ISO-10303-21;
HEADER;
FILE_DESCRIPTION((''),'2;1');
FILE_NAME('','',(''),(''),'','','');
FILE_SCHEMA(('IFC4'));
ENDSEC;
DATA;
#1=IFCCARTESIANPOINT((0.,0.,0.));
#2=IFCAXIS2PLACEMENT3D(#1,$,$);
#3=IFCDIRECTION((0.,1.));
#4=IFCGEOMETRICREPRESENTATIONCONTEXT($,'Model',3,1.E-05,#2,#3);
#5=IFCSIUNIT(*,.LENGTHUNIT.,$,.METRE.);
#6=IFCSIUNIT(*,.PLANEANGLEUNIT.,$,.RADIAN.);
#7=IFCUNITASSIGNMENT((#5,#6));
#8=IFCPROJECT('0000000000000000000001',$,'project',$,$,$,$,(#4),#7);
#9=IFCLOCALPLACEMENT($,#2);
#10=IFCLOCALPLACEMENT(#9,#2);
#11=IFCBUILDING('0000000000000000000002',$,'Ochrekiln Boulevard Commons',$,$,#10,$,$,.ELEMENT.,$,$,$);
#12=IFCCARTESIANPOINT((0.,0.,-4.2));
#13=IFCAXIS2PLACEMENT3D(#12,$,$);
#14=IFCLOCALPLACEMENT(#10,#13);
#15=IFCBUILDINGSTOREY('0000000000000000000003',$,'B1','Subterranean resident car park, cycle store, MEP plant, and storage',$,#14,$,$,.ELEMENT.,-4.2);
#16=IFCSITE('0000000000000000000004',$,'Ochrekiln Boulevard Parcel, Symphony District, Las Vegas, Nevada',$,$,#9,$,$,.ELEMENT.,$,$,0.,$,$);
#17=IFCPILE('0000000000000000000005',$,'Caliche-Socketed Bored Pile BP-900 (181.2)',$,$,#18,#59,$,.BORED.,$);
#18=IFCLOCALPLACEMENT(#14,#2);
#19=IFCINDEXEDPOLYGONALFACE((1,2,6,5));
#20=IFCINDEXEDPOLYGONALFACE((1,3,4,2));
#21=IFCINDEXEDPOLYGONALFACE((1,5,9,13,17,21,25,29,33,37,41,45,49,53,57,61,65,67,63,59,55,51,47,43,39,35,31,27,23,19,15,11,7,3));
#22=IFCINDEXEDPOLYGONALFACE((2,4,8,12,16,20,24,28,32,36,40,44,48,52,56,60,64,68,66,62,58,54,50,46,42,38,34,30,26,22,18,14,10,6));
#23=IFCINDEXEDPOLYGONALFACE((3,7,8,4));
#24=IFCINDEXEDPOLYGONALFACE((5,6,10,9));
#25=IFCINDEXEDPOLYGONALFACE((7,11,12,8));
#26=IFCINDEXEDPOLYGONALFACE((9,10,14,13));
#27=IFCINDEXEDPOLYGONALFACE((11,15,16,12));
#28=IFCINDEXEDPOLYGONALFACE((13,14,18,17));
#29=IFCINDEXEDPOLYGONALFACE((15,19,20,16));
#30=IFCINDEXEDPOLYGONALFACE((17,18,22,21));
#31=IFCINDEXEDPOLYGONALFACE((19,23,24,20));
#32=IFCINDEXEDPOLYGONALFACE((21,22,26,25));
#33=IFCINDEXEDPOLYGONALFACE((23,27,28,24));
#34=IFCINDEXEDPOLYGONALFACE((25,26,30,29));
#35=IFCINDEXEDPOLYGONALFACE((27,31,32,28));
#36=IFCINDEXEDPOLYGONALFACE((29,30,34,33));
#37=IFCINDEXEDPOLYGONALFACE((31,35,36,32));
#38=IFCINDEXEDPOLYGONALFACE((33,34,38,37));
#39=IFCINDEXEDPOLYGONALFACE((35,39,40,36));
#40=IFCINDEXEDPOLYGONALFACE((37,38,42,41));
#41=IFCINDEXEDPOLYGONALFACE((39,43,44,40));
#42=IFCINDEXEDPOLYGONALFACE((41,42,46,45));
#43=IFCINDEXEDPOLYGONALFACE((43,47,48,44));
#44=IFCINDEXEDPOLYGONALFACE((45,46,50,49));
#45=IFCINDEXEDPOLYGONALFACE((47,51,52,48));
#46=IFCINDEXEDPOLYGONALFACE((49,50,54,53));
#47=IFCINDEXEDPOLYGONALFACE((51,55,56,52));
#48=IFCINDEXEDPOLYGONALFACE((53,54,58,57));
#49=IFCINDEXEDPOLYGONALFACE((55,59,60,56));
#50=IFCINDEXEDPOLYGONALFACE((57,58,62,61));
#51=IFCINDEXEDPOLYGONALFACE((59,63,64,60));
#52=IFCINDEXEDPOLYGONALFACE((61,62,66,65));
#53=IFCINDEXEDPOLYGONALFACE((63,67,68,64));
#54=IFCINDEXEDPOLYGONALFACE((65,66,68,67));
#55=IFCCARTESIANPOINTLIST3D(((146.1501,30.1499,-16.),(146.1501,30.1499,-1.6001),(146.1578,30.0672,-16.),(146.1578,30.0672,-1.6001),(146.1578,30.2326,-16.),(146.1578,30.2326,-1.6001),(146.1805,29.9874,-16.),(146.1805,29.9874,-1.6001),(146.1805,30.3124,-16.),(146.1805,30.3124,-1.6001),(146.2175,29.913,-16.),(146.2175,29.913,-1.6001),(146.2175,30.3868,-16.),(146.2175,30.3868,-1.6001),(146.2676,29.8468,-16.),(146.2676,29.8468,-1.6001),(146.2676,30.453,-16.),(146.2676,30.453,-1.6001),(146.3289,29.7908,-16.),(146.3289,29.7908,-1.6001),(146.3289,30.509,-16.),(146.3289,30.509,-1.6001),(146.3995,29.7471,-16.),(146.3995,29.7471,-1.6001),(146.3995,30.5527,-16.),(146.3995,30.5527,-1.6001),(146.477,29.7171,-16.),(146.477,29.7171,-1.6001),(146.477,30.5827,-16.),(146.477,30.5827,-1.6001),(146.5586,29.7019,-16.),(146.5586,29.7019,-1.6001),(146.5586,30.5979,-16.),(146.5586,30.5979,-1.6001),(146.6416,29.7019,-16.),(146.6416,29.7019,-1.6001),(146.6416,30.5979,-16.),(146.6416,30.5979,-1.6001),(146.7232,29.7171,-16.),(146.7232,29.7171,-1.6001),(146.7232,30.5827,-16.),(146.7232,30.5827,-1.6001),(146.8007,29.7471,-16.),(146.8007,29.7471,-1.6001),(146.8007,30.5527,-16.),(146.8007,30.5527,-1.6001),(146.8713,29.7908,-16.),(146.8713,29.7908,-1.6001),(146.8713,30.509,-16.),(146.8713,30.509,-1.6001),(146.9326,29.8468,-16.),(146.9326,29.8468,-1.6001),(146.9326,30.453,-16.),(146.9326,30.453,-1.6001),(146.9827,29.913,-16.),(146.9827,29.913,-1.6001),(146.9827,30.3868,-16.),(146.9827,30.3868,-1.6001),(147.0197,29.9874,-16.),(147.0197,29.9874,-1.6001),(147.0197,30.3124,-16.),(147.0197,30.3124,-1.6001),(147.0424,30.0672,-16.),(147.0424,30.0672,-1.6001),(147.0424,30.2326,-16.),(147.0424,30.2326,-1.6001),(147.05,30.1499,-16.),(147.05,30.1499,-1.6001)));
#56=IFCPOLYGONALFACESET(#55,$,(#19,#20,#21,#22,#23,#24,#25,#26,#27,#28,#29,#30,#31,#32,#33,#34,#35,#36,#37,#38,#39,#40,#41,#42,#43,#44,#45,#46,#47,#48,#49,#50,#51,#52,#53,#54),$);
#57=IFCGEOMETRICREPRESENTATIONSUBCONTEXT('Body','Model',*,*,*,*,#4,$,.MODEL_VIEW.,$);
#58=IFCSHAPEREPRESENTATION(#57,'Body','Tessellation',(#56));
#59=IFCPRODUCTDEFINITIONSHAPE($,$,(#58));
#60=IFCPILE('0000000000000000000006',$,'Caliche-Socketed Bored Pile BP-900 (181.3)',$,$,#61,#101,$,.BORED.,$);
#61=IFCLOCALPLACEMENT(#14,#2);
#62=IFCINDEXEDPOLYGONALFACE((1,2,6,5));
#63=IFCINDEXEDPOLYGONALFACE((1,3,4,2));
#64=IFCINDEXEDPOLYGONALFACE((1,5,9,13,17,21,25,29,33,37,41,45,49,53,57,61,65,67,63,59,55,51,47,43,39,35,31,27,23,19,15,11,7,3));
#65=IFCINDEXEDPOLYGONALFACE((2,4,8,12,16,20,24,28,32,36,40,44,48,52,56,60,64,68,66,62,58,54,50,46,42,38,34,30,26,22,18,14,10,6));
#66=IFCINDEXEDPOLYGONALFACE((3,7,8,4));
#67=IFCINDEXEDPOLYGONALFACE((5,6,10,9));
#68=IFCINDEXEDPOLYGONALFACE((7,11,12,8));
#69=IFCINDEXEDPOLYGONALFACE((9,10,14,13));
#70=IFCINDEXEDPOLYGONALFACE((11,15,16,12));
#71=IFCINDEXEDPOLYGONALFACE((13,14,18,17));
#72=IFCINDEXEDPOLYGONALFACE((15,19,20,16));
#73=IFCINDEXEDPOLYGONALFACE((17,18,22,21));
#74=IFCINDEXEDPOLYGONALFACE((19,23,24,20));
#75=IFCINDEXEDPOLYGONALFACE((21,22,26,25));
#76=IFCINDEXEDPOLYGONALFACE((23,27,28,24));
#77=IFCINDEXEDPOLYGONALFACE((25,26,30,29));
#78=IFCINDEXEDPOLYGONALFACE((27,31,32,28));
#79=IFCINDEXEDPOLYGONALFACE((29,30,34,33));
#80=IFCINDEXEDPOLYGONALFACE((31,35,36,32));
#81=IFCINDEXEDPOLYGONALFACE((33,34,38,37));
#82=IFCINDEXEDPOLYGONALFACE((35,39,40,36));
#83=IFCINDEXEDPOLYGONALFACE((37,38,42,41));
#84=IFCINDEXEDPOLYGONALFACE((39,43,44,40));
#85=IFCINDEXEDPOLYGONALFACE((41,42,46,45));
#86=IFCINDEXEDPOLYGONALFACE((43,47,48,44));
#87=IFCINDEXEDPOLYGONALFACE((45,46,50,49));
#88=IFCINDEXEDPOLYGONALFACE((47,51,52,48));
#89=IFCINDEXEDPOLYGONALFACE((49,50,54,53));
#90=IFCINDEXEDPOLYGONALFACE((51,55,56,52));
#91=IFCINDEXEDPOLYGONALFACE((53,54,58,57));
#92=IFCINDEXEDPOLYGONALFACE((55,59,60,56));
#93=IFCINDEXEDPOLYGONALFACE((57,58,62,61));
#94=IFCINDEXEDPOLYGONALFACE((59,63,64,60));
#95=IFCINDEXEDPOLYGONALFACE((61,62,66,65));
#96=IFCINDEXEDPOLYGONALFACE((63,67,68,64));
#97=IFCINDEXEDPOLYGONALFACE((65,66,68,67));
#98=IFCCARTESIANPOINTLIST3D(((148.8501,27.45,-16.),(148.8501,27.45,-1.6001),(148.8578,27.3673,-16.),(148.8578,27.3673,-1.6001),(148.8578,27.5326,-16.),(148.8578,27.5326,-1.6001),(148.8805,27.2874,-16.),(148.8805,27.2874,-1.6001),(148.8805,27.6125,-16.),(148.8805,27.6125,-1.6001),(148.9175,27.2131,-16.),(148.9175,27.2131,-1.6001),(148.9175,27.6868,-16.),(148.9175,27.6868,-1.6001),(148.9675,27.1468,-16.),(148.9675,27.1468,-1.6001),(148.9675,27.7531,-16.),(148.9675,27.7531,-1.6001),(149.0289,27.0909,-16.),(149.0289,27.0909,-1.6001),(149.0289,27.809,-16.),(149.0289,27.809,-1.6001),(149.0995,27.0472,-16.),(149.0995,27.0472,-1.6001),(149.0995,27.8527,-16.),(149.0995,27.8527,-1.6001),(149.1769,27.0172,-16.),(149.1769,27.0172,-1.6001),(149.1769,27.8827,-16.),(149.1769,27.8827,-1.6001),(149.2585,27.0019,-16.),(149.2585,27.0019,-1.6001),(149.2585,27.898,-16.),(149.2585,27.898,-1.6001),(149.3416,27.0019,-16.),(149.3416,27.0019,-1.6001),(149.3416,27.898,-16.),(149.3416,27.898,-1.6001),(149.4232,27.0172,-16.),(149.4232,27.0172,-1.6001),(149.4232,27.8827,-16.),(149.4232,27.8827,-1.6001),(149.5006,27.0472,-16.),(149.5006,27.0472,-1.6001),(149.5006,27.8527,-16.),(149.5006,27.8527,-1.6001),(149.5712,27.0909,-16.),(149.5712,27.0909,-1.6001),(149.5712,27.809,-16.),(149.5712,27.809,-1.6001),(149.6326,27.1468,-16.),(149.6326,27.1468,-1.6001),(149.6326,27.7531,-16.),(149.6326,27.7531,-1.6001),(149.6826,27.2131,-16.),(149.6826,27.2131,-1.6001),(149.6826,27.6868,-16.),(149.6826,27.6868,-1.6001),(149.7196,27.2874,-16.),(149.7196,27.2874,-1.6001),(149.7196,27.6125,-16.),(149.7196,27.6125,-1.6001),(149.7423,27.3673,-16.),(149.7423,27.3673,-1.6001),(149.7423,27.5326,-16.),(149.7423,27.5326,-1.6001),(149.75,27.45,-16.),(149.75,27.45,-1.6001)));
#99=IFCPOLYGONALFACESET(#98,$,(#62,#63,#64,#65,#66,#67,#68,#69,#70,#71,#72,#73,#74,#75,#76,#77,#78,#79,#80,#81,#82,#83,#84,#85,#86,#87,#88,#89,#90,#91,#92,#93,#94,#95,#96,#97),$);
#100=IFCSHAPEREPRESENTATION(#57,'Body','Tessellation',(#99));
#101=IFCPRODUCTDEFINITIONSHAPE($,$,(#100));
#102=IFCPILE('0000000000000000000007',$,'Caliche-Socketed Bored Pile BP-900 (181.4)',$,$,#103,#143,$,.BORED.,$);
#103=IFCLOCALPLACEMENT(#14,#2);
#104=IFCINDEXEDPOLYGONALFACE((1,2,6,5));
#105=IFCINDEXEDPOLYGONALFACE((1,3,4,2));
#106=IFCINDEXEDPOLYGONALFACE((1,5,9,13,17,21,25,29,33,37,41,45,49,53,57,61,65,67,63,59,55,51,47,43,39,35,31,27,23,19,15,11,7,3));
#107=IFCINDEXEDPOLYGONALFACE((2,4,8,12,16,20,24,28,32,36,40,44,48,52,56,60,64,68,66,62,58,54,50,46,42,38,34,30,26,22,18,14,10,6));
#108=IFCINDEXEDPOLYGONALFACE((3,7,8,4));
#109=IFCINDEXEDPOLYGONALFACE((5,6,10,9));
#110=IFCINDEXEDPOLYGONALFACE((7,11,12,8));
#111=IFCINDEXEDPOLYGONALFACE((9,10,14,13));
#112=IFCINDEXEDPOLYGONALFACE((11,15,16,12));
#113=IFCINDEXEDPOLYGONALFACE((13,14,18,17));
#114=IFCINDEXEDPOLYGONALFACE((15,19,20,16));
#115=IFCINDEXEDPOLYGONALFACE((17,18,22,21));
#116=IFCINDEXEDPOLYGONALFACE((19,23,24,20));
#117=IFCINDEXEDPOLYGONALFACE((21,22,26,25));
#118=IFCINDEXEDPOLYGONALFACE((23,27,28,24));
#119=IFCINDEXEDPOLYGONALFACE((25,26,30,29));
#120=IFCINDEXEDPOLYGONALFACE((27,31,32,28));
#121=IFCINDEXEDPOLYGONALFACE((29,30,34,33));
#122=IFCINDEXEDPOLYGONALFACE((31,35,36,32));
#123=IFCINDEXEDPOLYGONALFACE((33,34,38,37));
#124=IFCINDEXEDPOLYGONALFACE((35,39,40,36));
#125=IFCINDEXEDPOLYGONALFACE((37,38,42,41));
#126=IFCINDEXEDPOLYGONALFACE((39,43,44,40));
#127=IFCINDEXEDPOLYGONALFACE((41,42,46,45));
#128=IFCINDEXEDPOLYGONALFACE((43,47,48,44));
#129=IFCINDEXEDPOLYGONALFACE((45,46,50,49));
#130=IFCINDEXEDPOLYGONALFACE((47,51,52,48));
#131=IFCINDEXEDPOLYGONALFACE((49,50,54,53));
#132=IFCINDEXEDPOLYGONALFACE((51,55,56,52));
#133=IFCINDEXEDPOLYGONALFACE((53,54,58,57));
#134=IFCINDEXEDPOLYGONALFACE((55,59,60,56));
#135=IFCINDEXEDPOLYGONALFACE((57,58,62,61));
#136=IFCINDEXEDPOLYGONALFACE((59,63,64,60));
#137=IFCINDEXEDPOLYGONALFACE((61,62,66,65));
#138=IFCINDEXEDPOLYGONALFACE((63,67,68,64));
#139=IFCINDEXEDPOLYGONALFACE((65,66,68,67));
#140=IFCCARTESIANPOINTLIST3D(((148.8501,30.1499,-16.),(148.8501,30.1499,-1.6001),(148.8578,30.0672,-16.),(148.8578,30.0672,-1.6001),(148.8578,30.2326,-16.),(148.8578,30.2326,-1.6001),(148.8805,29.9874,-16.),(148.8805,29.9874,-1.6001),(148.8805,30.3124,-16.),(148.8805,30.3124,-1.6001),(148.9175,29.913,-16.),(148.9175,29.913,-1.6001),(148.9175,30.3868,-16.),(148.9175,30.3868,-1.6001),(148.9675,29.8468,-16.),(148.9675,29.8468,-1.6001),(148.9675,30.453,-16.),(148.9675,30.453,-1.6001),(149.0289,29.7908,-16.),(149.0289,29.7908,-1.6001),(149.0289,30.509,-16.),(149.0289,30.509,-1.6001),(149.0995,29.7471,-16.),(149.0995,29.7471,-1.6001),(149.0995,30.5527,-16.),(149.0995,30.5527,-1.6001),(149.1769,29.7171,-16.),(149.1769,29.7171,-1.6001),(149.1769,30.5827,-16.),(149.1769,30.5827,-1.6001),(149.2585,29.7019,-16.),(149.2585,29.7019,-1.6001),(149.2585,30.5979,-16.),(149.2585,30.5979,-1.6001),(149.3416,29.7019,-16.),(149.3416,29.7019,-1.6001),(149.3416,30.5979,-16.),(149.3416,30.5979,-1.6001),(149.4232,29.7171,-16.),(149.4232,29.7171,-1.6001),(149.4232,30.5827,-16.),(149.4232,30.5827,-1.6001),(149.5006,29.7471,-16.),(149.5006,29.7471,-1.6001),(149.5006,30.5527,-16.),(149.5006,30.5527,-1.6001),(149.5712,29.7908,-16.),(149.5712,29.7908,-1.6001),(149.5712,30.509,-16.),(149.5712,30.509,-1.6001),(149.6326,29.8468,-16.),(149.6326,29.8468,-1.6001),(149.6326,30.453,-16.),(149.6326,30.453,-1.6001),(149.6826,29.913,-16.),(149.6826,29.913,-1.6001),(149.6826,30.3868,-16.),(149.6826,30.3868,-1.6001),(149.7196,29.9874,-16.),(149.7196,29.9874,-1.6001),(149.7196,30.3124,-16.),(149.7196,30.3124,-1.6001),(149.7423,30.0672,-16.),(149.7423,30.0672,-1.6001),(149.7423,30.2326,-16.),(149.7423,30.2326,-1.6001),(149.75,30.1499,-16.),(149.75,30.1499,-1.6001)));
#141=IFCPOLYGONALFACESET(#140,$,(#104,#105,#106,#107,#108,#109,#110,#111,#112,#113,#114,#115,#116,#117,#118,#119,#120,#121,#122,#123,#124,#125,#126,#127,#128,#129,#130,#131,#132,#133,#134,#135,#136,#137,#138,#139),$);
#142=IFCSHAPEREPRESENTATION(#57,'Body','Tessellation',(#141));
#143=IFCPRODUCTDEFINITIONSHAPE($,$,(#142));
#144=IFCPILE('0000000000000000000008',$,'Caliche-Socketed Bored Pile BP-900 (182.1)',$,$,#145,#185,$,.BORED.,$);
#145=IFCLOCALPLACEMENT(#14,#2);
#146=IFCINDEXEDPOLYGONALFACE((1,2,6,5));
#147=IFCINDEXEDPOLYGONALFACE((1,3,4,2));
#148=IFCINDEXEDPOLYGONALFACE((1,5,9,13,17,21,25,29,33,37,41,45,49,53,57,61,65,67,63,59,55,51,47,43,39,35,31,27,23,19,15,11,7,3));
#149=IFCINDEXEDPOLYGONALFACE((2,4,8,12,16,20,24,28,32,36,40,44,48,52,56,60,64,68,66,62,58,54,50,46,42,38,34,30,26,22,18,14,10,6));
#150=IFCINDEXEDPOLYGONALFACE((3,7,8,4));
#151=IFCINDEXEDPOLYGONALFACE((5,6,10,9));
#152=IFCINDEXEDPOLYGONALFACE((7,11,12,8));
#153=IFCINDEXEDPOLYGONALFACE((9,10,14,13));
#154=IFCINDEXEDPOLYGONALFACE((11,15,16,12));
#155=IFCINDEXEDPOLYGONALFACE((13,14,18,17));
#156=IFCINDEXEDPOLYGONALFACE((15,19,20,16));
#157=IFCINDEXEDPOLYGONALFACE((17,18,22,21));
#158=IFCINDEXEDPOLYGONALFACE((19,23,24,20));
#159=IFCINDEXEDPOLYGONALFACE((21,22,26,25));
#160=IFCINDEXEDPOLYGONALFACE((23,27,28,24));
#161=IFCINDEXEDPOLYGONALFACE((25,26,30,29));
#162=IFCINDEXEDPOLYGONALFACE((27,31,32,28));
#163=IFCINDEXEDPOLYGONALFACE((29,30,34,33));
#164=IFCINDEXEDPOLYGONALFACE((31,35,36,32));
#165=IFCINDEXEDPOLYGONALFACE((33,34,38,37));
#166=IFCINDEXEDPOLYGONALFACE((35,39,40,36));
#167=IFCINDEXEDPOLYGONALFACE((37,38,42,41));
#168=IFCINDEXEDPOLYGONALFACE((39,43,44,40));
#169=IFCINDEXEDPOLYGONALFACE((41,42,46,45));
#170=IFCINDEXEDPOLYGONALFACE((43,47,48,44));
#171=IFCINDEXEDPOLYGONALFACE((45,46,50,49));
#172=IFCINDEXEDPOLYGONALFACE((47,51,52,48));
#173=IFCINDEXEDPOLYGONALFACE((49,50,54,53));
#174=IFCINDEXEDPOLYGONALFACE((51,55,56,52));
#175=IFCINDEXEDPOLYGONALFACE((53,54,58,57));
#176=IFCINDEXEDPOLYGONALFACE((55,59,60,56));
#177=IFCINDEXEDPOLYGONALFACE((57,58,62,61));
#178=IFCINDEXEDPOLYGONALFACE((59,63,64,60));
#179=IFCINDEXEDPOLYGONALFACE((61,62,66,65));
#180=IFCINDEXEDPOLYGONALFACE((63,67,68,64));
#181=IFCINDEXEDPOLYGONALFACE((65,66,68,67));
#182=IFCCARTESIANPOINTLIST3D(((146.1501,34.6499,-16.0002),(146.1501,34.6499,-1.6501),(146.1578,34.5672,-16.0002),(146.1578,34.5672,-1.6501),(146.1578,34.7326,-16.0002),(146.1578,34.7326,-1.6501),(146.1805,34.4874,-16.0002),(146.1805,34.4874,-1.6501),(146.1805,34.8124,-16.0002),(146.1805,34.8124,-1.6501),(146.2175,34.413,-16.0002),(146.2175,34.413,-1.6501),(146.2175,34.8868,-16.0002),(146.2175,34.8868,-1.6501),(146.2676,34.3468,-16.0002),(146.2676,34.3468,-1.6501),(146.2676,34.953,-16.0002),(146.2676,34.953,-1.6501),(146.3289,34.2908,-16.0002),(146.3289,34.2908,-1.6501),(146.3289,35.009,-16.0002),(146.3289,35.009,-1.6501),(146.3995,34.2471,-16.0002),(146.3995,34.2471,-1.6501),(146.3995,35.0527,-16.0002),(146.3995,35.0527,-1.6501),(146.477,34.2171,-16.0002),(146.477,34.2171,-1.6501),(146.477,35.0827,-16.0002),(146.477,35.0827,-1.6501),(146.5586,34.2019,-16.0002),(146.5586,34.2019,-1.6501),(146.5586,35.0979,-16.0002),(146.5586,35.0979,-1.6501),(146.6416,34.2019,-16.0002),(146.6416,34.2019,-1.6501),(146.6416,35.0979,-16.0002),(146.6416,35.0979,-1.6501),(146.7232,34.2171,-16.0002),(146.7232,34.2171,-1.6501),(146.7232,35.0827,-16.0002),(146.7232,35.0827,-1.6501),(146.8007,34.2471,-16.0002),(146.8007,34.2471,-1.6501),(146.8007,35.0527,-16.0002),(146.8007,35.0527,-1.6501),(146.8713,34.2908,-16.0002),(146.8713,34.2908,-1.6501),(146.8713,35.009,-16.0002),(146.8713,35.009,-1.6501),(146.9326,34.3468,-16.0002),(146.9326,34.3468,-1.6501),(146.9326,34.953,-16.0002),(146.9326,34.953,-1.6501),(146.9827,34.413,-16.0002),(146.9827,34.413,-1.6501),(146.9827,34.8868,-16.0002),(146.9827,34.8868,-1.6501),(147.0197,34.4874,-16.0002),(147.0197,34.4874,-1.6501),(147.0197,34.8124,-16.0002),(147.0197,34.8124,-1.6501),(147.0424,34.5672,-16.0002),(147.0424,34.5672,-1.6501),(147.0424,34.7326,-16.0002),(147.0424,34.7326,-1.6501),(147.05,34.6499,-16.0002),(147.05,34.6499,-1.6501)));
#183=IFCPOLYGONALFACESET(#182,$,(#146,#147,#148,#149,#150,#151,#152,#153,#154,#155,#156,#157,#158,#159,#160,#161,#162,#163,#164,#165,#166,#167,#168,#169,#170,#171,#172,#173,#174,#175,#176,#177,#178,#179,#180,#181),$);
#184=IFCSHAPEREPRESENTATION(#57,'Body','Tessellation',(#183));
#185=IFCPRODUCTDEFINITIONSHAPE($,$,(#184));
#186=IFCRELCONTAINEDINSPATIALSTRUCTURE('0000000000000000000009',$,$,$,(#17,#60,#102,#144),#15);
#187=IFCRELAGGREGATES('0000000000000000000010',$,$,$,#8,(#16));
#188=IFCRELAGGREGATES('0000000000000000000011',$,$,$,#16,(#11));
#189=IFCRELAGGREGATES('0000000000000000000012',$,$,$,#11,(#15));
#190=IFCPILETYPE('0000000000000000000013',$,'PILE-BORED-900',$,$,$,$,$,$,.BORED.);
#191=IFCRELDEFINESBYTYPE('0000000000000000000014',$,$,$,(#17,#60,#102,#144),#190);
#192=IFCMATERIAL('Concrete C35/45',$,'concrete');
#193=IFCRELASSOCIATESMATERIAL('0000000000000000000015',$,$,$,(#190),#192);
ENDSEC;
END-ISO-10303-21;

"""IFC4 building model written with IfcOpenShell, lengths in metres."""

from ifc_helpers import new_model, si_unit, direction, frame, origin, origin_2d, place, context, subcontext, project, spatial, circle, extrude, material, material_profile, profile_set, type_object, element, save


model = new_model("IFC4")

# Units and contexts
model_context = context("Model", 3, precision=1e-05, world=origin(), true_north=direction((0.0, 1.0)))
body_context = subcontext(model_context, "Body", "Model", "MODEL_VIEW")
ifc_project = project(units=[si_unit("LENGTHUNIT", "METRE"), si_unit("PLANEANGLEUNIT", "RADIAN")], contexts=[model_context])

# Site, building, storey
site_placement = place(None, origin())
site = spatial("IfcSite", under=ifc_project, at=site_placement, Name="Ochrekiln Boulevard Parcel, Symphony District, Las Vegas, Nevada", CompositionType="ELEMENT", RefElevation=0.0)
building_placement = place(site_placement, origin())
building = spatial("IfcBuilding", under=site, at=building_placement, Name="Ochrekiln Boulevard Commons", CompositionType="ELEMENT")
storey_placement = place(building_placement, frame((0.0, 0.0, -4.2)))
storey = spatial("IfcBuildingStorey", under=building, at=storey_placement, Name="B1", Description="Subterranean resident car park, cycle store, MEP plant, and storage", CompositionType="ELEMENT", Elevation=-4.2)

# Shared definitions
ifc_material_1 = material(Name="Concrete C35/45", Category="concrete")

# Piles
ifc_material_profile_1 = material_profile(ifc_material_1, circle(Radius=0.45, at=origin_2d()), Name="PILE-D900")
ifc_profile_set_1 = profile_set([ifc_material_profile_1], Name="Concrete C35/45")
pile_type = type_object("IfcPileType", Name="PILE-BORED-900", PredefinedType="BORED", material=ifc_profile_set_1)
for number, where, z_axis, x_axis, name in (
    (1, (146.6001, 30.1499, -1.6001), (0.0, 0.0, -1.0), (1.0, 0.0, 0.0), "Caliche-Socketed Bored Pile BP-900 (181.2)"),
    (2, (149.3, 27.45, -1.6001), (0.0, 0.0, -1.0), (1.0, 0.0, 0.0), "Caliche-Socketed Bored Pile BP-900 (181.3)"),
    (3, (149.3, 30.1499, -1.6001), (0.0, 0.0, -1.0), (1.0, 0.0, 0.0), "Caliche-Socketed Bored Pile BP-900 (181.4)"),
):
    element("IfcPile", number, at=place(storey_placement, frame(where, z_axis=z_axis, x_axis=x_axis)), inside=storey, type_object=pile_type, Name=name, PredefinedType="BORED", context=body_context, shape_type="SweptSolid", body=[
        extrude(circle(Radius=0.45, at=origin_2d()), origin(), (0.0, 0.0, 1.0), 14.3999),
    ])
for number, where, z_axis, x_axis, name in (
    (4, (146.6001, 34.6499, -1.6501), (0.0, 0.0, -1.0), (1.0, 0.0, 0.0), "Caliche-Socketed Bored Pile BP-900 (182.1)"),
):
    element("IfcPile", number, at=place(storey_placement, frame(where, z_axis=z_axis, x_axis=x_axis)), inside=storey, type_object=pile_type, Name=name, PredefinedType="BORED", context=body_context, shape_type="SweptSolid", body=[
        extrude(circle(Radius=0.45, at=origin_2d()), origin(), (0.0, 0.0, 1.0), 14.3501),
    ])

save(model, "model.ifc")
